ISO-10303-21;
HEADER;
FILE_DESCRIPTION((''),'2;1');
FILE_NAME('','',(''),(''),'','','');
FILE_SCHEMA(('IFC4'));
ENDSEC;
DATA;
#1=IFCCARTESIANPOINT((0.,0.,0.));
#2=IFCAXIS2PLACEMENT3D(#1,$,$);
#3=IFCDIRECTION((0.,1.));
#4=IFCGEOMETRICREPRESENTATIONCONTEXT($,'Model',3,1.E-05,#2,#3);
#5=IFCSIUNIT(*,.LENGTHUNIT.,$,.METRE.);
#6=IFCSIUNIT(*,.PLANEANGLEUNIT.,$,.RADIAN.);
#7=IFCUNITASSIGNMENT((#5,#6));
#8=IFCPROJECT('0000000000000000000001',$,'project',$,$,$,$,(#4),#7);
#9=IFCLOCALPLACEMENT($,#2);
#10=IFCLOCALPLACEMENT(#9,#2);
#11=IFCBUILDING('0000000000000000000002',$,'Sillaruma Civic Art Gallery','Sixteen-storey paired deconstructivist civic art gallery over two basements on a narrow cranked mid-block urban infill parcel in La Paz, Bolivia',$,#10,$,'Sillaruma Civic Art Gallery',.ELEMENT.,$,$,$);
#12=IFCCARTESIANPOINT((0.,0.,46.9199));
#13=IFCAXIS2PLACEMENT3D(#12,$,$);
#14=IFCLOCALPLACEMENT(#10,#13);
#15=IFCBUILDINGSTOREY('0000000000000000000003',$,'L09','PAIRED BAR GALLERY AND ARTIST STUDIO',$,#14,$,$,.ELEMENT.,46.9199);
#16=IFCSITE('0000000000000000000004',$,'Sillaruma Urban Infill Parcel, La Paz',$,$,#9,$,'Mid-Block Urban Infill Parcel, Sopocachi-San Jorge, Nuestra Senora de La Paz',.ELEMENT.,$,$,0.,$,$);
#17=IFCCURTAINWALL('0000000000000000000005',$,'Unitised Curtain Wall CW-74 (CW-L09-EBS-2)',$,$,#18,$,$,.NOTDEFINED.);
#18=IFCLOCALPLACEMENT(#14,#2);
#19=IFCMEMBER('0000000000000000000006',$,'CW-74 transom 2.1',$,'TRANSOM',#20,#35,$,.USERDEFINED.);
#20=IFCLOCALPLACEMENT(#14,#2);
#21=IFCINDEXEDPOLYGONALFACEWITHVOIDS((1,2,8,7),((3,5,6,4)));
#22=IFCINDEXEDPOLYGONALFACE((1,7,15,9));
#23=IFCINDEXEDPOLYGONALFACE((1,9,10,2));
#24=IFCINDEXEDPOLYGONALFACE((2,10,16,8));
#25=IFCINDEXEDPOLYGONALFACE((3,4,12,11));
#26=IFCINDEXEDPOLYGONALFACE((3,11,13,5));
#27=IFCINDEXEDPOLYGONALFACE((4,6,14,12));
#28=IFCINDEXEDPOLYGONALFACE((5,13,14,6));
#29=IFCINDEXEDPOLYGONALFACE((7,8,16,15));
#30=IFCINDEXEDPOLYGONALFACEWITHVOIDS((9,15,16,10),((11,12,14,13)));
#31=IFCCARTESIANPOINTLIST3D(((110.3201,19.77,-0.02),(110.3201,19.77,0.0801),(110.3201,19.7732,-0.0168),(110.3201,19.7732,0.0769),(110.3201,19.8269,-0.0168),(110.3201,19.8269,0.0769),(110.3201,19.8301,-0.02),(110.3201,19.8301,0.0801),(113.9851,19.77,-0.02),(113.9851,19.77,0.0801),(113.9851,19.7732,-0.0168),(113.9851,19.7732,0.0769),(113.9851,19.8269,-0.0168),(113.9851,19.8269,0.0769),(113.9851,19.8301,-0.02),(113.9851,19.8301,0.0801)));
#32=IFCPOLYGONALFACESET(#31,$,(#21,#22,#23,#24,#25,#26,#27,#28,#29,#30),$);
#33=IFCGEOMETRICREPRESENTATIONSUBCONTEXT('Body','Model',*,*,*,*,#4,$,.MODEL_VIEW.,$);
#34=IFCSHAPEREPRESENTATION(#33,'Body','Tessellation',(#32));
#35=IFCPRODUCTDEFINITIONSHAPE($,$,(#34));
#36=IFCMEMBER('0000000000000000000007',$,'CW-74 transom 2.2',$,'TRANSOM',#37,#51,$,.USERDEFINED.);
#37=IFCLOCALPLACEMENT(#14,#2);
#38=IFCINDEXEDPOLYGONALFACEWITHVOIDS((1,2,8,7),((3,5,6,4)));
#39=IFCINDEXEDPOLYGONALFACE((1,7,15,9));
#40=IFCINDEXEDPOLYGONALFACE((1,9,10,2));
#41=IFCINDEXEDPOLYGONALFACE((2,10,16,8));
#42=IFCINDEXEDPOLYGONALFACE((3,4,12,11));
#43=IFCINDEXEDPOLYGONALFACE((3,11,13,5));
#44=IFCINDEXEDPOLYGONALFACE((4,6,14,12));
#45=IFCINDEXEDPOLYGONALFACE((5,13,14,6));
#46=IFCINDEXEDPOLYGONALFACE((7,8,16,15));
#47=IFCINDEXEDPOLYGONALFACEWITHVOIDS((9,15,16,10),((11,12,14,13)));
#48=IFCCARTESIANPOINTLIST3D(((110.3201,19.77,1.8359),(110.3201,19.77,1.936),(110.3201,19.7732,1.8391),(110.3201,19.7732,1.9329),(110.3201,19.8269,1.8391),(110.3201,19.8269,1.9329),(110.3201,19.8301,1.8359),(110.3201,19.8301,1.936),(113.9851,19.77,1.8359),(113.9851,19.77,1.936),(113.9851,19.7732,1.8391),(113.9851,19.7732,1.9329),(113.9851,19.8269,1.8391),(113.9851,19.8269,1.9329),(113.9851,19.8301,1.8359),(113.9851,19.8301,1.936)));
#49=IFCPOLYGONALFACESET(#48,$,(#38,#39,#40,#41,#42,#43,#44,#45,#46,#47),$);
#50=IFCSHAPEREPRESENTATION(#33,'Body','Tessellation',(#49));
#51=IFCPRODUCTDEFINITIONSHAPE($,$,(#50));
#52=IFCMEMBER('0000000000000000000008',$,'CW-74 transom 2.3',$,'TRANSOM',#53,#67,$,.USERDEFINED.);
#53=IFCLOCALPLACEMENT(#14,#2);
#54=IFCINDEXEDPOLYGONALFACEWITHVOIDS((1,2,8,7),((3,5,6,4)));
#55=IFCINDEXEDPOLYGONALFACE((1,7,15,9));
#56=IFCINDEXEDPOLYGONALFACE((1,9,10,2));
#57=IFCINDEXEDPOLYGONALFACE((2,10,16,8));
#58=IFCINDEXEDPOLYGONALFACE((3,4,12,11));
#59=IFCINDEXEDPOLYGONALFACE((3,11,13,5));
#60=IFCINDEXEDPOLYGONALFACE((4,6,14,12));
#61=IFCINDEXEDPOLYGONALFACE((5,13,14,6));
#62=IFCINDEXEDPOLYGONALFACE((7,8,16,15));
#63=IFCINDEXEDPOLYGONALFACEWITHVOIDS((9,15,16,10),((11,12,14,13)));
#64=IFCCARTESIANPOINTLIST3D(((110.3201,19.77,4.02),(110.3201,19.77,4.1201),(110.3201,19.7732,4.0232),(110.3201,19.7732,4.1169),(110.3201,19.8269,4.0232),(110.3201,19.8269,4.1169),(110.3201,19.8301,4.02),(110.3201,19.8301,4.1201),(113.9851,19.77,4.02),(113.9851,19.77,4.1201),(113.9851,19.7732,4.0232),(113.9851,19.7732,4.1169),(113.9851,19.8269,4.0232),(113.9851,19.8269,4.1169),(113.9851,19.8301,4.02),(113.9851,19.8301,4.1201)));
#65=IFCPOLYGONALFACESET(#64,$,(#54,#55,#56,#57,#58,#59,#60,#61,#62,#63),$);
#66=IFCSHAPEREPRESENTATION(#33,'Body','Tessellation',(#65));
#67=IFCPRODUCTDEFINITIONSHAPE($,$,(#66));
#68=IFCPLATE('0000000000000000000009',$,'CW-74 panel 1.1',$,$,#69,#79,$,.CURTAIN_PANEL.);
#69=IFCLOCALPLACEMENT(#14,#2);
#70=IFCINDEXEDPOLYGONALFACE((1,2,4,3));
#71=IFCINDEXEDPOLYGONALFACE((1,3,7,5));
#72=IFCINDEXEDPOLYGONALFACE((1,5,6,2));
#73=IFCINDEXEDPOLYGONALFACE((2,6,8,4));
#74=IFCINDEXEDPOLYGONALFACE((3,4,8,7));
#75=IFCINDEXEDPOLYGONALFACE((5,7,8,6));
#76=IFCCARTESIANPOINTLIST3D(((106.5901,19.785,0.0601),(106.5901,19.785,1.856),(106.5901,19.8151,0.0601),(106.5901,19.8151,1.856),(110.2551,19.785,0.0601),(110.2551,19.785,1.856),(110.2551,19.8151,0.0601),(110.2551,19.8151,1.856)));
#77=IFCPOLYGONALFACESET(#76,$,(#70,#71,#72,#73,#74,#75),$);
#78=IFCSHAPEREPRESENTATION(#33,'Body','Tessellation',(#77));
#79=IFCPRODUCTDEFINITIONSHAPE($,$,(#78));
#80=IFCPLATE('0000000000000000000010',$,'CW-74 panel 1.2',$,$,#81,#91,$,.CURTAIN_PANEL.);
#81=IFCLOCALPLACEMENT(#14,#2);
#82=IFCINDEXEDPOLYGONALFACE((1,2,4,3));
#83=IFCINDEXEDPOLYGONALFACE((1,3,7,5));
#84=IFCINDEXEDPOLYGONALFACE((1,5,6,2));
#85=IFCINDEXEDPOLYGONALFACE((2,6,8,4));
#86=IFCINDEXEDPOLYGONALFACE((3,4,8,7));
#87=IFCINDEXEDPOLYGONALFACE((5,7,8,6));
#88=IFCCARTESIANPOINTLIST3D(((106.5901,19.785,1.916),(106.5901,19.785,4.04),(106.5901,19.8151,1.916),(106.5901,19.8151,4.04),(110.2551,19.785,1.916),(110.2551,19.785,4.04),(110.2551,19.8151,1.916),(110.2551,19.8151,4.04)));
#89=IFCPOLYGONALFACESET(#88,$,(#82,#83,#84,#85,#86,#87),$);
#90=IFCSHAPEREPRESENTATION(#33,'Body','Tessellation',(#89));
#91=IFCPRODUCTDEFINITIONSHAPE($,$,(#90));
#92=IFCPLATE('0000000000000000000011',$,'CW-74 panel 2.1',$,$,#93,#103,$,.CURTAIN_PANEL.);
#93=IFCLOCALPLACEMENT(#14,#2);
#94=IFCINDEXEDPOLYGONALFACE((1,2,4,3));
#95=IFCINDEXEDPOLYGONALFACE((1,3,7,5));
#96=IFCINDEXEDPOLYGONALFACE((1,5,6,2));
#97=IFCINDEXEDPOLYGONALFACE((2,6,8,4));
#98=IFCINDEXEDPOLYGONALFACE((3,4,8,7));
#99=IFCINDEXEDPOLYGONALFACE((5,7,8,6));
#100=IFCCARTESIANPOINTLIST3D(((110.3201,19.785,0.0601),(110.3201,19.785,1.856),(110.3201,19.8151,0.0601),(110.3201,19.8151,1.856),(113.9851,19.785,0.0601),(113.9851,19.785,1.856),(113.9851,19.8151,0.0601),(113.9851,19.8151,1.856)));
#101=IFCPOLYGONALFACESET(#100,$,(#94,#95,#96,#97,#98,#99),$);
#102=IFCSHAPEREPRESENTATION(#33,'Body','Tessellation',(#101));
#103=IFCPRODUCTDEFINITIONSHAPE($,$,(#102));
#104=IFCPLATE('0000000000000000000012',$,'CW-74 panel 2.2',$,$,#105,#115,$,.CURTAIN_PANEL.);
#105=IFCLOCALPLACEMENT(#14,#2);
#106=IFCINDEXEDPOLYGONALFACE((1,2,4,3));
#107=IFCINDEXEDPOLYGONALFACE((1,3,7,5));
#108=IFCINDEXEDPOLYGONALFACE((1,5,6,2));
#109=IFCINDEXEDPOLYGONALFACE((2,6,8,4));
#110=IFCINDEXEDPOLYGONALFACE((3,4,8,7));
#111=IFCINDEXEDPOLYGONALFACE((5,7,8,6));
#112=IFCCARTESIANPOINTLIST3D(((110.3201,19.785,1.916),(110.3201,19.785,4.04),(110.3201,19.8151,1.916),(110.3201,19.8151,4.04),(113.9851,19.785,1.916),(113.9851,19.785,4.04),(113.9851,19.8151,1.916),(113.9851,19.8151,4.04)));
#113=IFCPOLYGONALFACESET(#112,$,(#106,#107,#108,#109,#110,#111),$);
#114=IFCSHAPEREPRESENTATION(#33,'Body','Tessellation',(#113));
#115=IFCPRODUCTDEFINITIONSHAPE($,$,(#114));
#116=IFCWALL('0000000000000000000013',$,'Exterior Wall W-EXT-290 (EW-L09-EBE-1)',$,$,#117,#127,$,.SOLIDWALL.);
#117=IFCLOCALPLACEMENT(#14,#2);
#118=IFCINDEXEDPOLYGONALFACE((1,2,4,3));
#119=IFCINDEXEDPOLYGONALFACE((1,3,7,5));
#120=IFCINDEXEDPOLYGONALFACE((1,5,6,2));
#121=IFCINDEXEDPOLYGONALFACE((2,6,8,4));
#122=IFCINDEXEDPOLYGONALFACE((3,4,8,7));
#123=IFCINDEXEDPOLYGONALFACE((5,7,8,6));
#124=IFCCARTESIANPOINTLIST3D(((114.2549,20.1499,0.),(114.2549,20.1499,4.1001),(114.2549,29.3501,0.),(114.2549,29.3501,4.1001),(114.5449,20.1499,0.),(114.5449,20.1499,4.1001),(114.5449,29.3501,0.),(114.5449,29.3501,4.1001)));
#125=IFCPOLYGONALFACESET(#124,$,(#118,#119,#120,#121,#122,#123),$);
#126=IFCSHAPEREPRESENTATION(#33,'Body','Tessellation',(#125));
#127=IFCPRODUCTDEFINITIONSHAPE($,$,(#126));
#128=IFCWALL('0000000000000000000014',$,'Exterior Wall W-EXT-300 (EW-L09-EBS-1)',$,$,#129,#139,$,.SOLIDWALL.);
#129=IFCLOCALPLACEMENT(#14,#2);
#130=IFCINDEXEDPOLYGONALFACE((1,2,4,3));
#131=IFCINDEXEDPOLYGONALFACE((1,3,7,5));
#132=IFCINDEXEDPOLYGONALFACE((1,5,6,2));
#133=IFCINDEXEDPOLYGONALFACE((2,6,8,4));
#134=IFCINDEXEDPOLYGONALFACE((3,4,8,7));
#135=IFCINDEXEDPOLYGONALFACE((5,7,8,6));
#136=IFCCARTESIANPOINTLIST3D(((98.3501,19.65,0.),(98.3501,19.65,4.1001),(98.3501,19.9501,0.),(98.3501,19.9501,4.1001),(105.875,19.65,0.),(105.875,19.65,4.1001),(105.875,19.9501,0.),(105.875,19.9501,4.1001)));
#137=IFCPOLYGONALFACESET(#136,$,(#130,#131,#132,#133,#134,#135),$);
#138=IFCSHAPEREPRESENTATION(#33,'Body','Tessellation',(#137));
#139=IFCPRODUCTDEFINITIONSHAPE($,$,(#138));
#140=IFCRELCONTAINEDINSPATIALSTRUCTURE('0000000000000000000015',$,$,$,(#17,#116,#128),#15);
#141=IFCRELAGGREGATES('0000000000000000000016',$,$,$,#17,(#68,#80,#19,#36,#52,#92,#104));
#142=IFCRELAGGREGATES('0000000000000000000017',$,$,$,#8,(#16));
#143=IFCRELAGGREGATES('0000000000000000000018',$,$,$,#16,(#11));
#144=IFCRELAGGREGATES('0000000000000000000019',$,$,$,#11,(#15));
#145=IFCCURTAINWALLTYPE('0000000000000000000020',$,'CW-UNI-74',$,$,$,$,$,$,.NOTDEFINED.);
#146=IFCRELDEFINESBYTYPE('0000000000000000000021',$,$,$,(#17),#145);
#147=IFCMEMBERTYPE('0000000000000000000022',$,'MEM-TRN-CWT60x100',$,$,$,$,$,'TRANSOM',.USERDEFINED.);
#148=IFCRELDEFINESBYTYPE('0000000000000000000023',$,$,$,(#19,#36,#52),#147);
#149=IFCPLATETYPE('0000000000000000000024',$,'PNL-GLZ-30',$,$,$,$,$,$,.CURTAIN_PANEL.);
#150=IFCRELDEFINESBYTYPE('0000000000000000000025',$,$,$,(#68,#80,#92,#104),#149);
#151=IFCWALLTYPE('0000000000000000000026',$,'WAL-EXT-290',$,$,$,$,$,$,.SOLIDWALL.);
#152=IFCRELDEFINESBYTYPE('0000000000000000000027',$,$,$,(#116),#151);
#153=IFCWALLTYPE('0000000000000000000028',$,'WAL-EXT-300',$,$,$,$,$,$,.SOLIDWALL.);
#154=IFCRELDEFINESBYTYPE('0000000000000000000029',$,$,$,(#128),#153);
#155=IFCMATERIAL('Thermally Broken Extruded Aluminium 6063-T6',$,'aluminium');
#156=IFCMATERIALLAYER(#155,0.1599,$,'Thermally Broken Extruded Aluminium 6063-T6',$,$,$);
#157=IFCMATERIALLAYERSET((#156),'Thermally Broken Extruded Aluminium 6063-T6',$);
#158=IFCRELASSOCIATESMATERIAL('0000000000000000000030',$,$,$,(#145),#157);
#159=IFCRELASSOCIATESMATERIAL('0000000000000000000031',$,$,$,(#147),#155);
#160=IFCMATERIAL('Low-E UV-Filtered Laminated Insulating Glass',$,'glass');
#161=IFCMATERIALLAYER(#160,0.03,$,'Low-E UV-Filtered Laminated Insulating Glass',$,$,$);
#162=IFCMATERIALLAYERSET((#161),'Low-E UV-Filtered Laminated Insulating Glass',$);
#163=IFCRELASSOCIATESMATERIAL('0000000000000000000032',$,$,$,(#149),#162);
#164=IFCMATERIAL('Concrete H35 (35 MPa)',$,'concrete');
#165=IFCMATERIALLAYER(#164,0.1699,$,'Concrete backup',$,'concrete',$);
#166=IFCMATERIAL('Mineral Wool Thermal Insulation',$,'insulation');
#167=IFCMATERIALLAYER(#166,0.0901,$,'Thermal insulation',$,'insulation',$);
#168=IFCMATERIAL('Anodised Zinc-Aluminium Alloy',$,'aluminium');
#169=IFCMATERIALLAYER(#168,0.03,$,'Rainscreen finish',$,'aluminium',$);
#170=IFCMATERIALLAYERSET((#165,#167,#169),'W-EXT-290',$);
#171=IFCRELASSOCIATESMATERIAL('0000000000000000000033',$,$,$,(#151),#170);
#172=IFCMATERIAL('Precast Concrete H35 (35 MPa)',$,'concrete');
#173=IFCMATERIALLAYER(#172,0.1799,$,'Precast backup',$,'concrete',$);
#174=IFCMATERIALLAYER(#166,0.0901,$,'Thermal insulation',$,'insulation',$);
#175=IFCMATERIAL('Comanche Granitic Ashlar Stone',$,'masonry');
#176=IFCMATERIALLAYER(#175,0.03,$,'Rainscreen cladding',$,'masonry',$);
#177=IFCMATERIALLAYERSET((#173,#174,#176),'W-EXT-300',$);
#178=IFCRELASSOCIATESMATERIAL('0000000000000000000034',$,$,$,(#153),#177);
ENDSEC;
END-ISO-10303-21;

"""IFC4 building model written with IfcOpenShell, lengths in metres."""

from ifc_helpers import new_model, si_unit, direction, frame, frame_2d, origin, origin_2d, place, context, subcontext, project, spatial, rectangle, hollow_rectangle, extrude, material, layer, layer_set, material_profile, profile_set, type_object, element, aggregate, save


model = new_model("IFC4")

# Units and contexts
model_context = context("Model", 3, precision=1e-05, world=origin(), true_north=direction((0.0, 1.0)))
body_context = subcontext(model_context, "Body", "Model", "MODEL_VIEW")
ifc_project = project(units=[si_unit("LENGTHUNIT", "METRE"), si_unit("PLANEANGLEUNIT", "RADIAN")], contexts=[model_context])

# Site, building, storey
site_placement = place(None, origin())
site = spatial("IfcSite", under=ifc_project, at=site_placement, Name="Sillaruma Urban Infill Parcel, La Paz", LongName="Mid-Block Urban Infill Parcel, Sopocachi-San Jorge, Nuestra Senora de La Paz", CompositionType="ELEMENT", RefElevation=0.0)
building_placement = place(site_placement, origin())
building = spatial("IfcBuilding", under=site, at=building_placement, Name="Sillaruma Civic Art Gallery", Description="Sixteen-storey paired deconstructivist civic art gallery over two basements on a narrow cranked mid-block urban infill parcel in La Paz, Bolivia", LongName="Sillaruma Civic Art Gallery", CompositionType="ELEMENT")
storey_placement = place(building_placement, frame((0.0, 0.0, 46.9199)))
storey = spatial("IfcBuildingStorey", under=building, at=storey_placement, Name="L09", Description="PAIRED BAR GALLERY AND ARTIST STUDIO", CompositionType="ELEMENT", Elevation=46.9199)

# Shared definitions
ifc_material_1 = material(Name="Concrete H35 (35 MPa)", Category="concrete")

# Curtain wall, members, plates
ifc_material_2 = material(Name="Thermally Broken Extruded Aluminium 6063-T6", Category="aluminium")
ifc_layer_1 = layer(ifc_material_2, 0.1599, Name="Thermally Broken Extruded Aluminium 6063-T6")
ifc_layer_set_1 = layer_set([ifc_layer_1], Name="Thermally Broken Extruded Aluminium 6063-T6")
curtain_wall_type = type_object("IfcCurtainWallType", Name="CW-UNI-74", PredefinedType="NOTDEFINED", material=ifc_layer_set_1)
curtain_wall_placement = place(storey_placement, origin())
curtain_wall = element("IfcCurtainWall", 1, at=curtain_wall_placement, inside=storey, type_object=curtain_wall_type, Name="Unitised Curtain Wall CW-74 (CW-L09-EBS-2)", PredefinedType="NOTDEFINED")
ifc_material_profile_1 = material_profile(ifc_material_2, hollow_rectangle(XDim=0.0601, YDim=0.1001, WallThickness=0.0032, at=origin_2d()), Name="CWT60x100")
ifc_profile_set_1 = profile_set([ifc_material_profile_1], Name="Thermally Broken Extruded Aluminium 6063-T6")
member_type_1 = type_object("IfcMemberType", Name="MEM-TRN-CWT60x100", ElementType="TRANSOM", PredefinedType="USERDEFINED", material=ifc_profile_set_1)
member_1_placement = place(storey_placement, frame((110.3201, 19.8, 0.03), z_axis=(1.0, 0.0, 0.0), x_axis=(0.0, 1.0, 0.0)))
member_1 = element("IfcMember", 2, at=member_1_placement, type_object=member_type_1, Name="CW-74 transom 2.1", ObjectType="TRANSOM", PredefinedType="USERDEFINED", context=body_context, shape_type="SweptSolid", body=[
    extrude(hollow_rectangle(XDim=0.0601, YDim=0.1001, WallThickness=0.0032, at=origin_2d()), origin(), (0.0, 0.0, 1.0), 3.665),
])
member_2_placement = place(storey_placement, frame((110.3201, 19.8, 1.886), z_axis=(1.0, 0.0, 0.0), x_axis=(0.0, 1.0, 0.0)))
member_2 = element("IfcMember", 3, at=member_2_placement, type_object=member_type_1, Name="CW-74 transom 2.2", ObjectType="TRANSOM", PredefinedType="USERDEFINED", context=body_context, shape_type="SweptSolid", body=[
    extrude(hollow_rectangle(XDim=0.0601, YDim=0.1001, WallThickness=0.0032, at=origin_2d()), origin(), (0.0, 0.0, 1.0), 3.665),
])
member_3_placement = place(storey_placement, frame((110.3201, 19.8, 4.0701), z_axis=(1.0, 0.0, 0.0), x_axis=(0.0, 1.0, 0.0)))
member_3 = element("IfcMember", 4, at=member_3_placement, type_object=member_type_1, Name="CW-74 transom 2.3", ObjectType="TRANSOM", PredefinedType="USERDEFINED", context=body_context, shape_type="SweptSolid", body=[
    extrude(hollow_rectangle(XDim=0.0601, YDim=0.1001, WallThickness=0.0032, at=origin_2d()), origin(), (0.0, 0.0, 1.0), 3.665),
])
ifc_material_3 = material(Name="Low-E UV-Filtered Laminated Insulating Glass", Category="glass")
ifc_layer_2 = layer(ifc_material_3, 0.03, Name="Low-E UV-Filtered Laminated Insulating Glass")
ifc_layer_set_2 = layer_set([ifc_layer_2], Name="Low-E UV-Filtered Laminated Insulating Glass")
plate_type = type_object("IfcPlateType", Name="PNL-GLZ-30", PredefinedType="CURTAIN_PANEL", material=ifc_layer_set_2)
plate_1_placement = place(storey_placement, frame((108.4226, 19.8, 0.0601), z_axis=(0.0, 0.0, 1.0), x_axis=(1.0, 0.0, 0.0)))
plate_1 = element("IfcPlate", 5, at=plate_1_placement, type_object=plate_type, Name="CW-74 panel 1.1", PredefinedType="CURTAIN_PANEL", context=body_context, shape_type="SweptSolid", body=[
    extrude(rectangle(XDim=3.665, YDim=0.03, at=origin_2d()), origin(), (0.0, 0.0, 1.0), 1.7959),
])
plate_2_placement = place(storey_placement, frame((108.4226, 19.8, 1.916), z_axis=(0.0, 0.0, 1.0), x_axis=(1.0, 0.0, 0.0)))
plate_2 = element("IfcPlate", 6, at=plate_2_placement, type_object=plate_type, Name="CW-74 panel 1.2", PredefinedType="CURTAIN_PANEL", context=body_context, shape_type="SweptSolid", body=[
    extrude(rectangle(XDim=3.665, YDim=0.03, at=origin_2d()), origin(), (0.0, 0.0, 1.0), 2.124),
])
plate_3_placement = place(storey_placement, frame((112.1526, 19.8, 0.0601), z_axis=(0.0, 0.0, 1.0), x_axis=(1.0, 0.0, 0.0)))
plate_3 = element("IfcPlate", 7, at=plate_3_placement, type_object=plate_type, Name="CW-74 panel 2.1", PredefinedType="CURTAIN_PANEL", context=body_context, shape_type="SweptSolid", body=[
    extrude(rectangle(XDim=3.665, YDim=0.03, at=origin_2d()), origin(), (0.0, 0.0, 1.0), 1.7959),
])
plate_4_placement = place(storey_placement, frame((112.1526, 19.8, 1.916), z_axis=(0.0, 0.0, 1.0), x_axis=(1.0, 0.0, 0.0)))
plate_4 = element("IfcPlate", 8, at=plate_4_placement, type_object=plate_type, Name="CW-74 panel 2.2", PredefinedType="CURTAIN_PANEL", context=body_context, shape_type="SweptSolid", body=[
    extrude(rectangle(XDim=3.665, YDim=0.03, at=origin_2d()), origin(), (0.0, 0.0, 1.0), 2.124),
])
aggregate(curtain_wall, [plate_1, plate_2, member_1, member_2, member_3, plate_3, plate_4])

# Walls
ifc_layer_3 = layer(ifc_material_1, 0.1699, Name="Concrete backup", Category="concrete")
ifc_material_4 = material(Name="Mineral Wool Thermal Insulation", Category="insulation")
ifc_layer_4 = layer(ifc_material_4, 0.0901, Name="Thermal insulation", Category="insulation")
ifc_material_5 = material(Name="Anodised Zinc-Aluminium Alloy", Category="aluminium")
ifc_layer_5 = layer(ifc_material_5, 0.03, Name="Rainscreen finish", Category="aluminium")
ifc_layer_set_3 = layer_set([ifc_layer_3, ifc_layer_4, ifc_layer_5], Name="W-EXT-290")
wall_type_1 = type_object("IfcWallType", Name="WAL-EXT-290", PredefinedType="SOLIDWALL", material=ifc_layer_set_3)
wall_1_placement = place(storey_placement, frame((114.3999, 20.1499, 0.0), z_axis=(0.0, 0.0, 1.0), x_axis=(0.0, 1.0, 0.0)))
element("IfcWall", 9, at=wall_1_placement, inside=storey, type_object=wall_type_1, Name="Exterior Wall W-EXT-290 (EW-L09-EBE-1)", PredefinedType="SOLIDWALL", context=body_context, shape_type="SweptSolid", body=[
    extrude(rectangle(XDim=9.2002, YDim=0.29, at=frame_2d((4.6001, 0.0))), origin(), (0.0, 0.0, 1.0), 4.1001),
])
ifc_material_6 = material(Name="Precast Concrete H35 (35 MPa)", Category="concrete")
ifc_layer_6 = layer(ifc_material_6, 0.1799, Name="Precast backup", Category="concrete")
ifc_layer_7 = layer(ifc_material_4, 0.0901, Name="Thermal insulation", Category="insulation")
ifc_material_7 = material(Name="Comanche Granitic Ashlar Stone", Category="masonry")
ifc_layer_8 = layer(ifc_material_7, 0.03, Name="Rainscreen cladding", Category="masonry")
ifc_layer_set_4 = layer_set([ifc_layer_6, ifc_layer_7, ifc_layer_8], Name="W-EXT-300")
wall_type_2 = type_object("IfcWallType", Name="WAL-EXT-300", PredefinedType="SOLIDWALL", material=ifc_layer_set_4)
wall_2_placement = place(storey_placement, frame((98.3501, 19.8, 0.0), z_axis=(0.0, 0.0, 1.0), x_axis=(1.0, 0.0, 0.0)))
element("IfcWall", 10, at=wall_2_placement, inside=storey, type_object=wall_type_2, Name="Exterior Wall W-EXT-300 (EW-L09-EBS-1)", PredefinedType="SOLIDWALL", context=body_context, shape_type="SweptSolid", body=[
    extrude(rectangle(XDim=7.5249, YDim=0.3, at=frame_2d((3.7625, 0.0))), origin(), (0.0, 0.0, 1.0), 4.1001),
])

save(model, "model.ifc")
